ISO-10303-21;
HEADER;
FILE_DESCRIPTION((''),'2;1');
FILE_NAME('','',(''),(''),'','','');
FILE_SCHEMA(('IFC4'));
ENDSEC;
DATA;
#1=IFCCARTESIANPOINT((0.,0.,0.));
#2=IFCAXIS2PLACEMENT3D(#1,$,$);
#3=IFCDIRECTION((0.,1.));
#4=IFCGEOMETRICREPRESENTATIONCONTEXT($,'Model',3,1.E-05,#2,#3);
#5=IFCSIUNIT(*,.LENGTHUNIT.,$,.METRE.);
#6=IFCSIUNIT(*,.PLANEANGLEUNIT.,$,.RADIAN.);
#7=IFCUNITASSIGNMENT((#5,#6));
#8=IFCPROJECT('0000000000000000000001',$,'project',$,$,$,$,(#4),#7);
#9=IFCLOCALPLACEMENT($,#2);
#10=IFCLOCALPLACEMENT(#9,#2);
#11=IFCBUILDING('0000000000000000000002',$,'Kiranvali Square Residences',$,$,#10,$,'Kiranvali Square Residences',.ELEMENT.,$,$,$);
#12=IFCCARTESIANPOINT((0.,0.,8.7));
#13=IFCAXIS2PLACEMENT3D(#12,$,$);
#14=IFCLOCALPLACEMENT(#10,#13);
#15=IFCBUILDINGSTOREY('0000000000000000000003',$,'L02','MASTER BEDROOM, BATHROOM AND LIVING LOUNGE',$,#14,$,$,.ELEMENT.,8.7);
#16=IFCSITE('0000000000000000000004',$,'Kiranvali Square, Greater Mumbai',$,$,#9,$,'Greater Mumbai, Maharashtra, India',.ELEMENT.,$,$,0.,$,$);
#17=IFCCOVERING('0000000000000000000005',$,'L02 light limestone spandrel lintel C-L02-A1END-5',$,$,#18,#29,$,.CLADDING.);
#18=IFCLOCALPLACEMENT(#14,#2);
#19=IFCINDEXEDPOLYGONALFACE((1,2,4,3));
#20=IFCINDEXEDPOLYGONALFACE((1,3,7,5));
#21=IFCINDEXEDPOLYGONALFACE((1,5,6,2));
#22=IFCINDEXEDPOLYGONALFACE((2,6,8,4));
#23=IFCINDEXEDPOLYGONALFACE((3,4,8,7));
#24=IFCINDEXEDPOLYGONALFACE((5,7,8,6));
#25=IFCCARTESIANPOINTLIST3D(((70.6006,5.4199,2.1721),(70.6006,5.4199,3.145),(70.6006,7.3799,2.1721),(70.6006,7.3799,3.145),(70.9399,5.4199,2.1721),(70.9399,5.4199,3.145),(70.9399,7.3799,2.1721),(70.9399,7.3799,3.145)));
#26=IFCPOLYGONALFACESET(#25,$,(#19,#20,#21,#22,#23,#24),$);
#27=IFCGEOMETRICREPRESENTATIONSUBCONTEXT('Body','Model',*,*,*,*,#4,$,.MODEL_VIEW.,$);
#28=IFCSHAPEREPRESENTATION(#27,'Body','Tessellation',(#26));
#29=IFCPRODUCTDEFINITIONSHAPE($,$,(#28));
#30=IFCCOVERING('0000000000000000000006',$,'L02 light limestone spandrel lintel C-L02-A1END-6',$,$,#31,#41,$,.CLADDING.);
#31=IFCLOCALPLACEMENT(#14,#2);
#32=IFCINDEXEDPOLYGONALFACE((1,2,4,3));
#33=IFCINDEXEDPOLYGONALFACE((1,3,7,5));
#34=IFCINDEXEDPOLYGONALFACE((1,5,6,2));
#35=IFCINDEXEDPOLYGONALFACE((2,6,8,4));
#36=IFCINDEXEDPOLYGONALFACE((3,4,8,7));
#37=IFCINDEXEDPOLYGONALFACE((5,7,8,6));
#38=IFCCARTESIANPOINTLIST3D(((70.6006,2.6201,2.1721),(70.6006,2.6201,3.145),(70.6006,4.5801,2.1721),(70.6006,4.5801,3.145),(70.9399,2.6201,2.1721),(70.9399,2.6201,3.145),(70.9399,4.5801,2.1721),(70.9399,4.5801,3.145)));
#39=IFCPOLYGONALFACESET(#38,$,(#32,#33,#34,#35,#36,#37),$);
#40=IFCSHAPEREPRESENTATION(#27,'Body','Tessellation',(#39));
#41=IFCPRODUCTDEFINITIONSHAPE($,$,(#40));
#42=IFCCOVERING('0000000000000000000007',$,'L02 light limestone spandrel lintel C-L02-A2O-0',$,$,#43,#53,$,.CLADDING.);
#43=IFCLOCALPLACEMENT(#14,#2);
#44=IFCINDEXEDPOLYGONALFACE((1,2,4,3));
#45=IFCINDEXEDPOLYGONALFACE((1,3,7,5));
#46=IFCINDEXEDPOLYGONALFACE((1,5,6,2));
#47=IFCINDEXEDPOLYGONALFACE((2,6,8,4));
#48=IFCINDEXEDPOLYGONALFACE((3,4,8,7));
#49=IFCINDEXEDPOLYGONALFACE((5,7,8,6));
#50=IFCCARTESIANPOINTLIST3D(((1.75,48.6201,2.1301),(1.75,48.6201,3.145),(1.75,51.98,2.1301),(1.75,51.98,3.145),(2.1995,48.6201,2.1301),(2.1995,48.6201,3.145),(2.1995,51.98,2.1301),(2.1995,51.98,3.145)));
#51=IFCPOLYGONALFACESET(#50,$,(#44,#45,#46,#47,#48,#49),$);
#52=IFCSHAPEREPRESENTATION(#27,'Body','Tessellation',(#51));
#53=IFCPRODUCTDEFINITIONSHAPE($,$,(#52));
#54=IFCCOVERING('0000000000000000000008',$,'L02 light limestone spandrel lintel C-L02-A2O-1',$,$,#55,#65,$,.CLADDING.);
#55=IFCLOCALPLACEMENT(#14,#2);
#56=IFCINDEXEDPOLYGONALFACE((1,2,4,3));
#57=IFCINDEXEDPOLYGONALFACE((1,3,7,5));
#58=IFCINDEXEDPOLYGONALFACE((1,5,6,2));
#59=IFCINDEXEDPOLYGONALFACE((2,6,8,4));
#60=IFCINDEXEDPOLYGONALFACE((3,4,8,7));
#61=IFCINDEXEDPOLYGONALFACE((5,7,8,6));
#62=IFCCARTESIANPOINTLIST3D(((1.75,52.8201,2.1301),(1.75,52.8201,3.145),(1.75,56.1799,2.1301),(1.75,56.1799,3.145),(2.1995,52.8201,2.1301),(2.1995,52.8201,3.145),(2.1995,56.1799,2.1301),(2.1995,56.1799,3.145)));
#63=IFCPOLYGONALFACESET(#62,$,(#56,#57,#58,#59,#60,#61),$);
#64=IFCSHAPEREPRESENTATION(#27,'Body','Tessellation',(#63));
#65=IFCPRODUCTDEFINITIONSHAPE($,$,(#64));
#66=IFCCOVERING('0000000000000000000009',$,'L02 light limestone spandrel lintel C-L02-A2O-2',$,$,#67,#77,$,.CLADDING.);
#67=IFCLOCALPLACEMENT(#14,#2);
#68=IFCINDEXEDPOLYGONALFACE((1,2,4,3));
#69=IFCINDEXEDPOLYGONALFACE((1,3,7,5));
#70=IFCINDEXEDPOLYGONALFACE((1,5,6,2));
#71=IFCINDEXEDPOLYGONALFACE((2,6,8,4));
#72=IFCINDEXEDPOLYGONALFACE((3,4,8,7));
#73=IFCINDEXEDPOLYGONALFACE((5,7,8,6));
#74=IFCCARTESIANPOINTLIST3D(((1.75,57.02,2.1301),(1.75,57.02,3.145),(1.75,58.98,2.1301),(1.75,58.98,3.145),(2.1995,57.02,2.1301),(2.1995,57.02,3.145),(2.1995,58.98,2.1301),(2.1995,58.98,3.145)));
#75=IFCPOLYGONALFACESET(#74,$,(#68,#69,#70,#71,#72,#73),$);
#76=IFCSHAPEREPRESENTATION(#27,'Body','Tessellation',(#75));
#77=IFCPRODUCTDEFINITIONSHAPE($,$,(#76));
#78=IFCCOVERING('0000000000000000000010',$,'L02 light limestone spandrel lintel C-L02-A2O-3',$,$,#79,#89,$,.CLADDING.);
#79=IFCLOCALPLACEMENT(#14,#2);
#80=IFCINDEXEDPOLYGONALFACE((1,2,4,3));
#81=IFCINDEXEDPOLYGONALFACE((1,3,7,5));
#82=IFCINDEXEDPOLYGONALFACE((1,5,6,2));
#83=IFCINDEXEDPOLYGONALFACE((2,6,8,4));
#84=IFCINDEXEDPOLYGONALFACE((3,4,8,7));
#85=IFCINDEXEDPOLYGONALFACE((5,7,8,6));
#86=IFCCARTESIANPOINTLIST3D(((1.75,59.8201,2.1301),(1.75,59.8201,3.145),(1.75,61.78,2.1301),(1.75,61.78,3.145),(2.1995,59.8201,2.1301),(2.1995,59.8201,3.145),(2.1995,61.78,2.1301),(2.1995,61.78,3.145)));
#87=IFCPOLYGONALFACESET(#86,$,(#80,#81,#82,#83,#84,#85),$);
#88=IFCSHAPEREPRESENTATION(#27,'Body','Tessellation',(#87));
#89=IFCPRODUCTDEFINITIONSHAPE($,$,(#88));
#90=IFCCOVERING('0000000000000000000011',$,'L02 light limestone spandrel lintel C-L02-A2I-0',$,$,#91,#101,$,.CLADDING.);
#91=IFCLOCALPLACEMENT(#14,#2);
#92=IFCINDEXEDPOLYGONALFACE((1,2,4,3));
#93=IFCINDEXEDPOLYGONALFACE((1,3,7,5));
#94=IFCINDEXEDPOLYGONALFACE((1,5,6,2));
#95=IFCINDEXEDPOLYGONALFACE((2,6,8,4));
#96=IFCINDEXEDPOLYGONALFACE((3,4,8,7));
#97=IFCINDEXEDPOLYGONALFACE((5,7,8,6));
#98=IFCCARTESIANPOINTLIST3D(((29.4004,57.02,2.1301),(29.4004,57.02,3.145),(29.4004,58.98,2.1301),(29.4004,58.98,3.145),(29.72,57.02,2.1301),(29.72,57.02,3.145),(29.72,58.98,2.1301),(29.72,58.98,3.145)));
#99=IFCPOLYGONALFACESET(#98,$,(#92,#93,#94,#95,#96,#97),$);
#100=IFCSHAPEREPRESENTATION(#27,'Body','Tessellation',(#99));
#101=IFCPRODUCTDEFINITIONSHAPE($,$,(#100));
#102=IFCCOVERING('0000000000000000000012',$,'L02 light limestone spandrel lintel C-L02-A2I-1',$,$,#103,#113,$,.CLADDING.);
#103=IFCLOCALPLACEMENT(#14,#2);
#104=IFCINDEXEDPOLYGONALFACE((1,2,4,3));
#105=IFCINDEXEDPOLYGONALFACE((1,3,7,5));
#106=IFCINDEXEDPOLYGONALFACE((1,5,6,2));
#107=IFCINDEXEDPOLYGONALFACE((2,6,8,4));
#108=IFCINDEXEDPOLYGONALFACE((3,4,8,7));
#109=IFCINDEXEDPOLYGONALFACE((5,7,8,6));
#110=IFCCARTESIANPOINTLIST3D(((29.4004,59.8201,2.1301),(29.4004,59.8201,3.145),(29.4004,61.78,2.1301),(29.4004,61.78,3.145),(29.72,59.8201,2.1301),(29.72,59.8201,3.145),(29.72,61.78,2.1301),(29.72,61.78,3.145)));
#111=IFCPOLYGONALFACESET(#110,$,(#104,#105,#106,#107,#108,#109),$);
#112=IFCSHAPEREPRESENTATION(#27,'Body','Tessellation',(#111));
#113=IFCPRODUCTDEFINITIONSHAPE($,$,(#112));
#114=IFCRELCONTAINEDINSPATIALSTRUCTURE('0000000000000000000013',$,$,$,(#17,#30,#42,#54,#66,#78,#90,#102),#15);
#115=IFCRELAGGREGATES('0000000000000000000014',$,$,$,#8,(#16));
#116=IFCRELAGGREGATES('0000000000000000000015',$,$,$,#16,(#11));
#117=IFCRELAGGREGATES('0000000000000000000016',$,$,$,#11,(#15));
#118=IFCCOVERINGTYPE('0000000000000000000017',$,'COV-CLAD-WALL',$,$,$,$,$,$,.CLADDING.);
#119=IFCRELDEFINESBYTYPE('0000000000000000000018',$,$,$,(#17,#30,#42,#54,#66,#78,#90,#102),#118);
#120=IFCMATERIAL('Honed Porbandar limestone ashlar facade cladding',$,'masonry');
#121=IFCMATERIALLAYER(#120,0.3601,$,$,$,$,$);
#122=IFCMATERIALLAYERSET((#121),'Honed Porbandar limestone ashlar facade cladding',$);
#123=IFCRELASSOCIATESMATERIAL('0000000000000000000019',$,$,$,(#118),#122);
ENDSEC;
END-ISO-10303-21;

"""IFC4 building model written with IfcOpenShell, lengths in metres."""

from ifc_helpers import new_model, si_unit, direction, frame, origin, place, context, subcontext, project, spatial, polyline, outline, extrude, material, layer, layer_set, type_object, element, save


model = new_model("IFC4")

# Units and contexts
model_context = context("Model", 3, precision=1e-05, world=origin(), true_north=direction((0.0, 1.0)))
body_context = subcontext(model_context, "Body", "Model", "MODEL_VIEW")
ifc_project = project(units=[si_unit("LENGTHUNIT", "METRE"), si_unit("PLANEANGLEUNIT", "RADIAN")], contexts=[model_context])

# Site, building, storey
site_placement = place(None, origin())
site = spatial("IfcSite", under=ifc_project, at=site_placement, Name="Kiranvali Square, Greater Mumbai", LongName="Greater Mumbai, Maharashtra, India", CompositionType="ELEMENT", RefElevation=0.0)
building_placement = place(site_placement, origin())
building = spatial("IfcBuilding", under=site, at=building_placement, Name="Kiranvali Square Residences", LongName="Kiranvali Square Residences", CompositionType="ELEMENT")
storey_placement = place(building_placement, frame((0.0, 0.0, 8.7)))
storey = spatial("IfcBuildingStorey", under=building, at=storey_placement, Name="L02", Description="MASTER BEDROOM, BATHROOM AND LIVING LOUNGE", CompositionType="ELEMENT", Elevation=8.7)

# Coverings
ifc_material = material(Name="Honed Porbandar limestone ashlar facade cladding", Category="masonry")
ifc_layer = layer(ifc_material, 0.3601)
ifc_layer_set = layer_set([ifc_layer], Name="Honed Porbandar limestone ashlar facade cladding")
covering_type = type_object("IfcCoveringType", Name="COV-CLAD-WALL", PredefinedType="CLADDING", material=ifc_layer_set)
covering_1_placement = place(storey_placement, frame((0.0, 0.0, 2.1721)))
element("IfcCovering", 1, at=covering_1_placement, inside=storey, type_object=covering_type, Name="L02 light limestone spandrel lintel C-L02-A1END-5", PredefinedType="CLADDING", context=body_context, shape_type="SweptSolid", body=[
    extrude(outline(polyline([(70.6006, 7.3799), (70.6006, 5.4199), (70.9399, 5.4199), (70.9399, 7.3799), (70.6006, 7.3799)])), origin(), (0.0, 0.0, 1.0), 0.9729),
])
covering_2_placement = place(storey_placement, frame((0.0, 0.0, 2.1721)))
element("IfcCovering", 2, at=covering_2_placement, inside=storey, type_object=covering_type, Name="L02 light limestone spandrel lintel C-L02-A1END-6", PredefinedType="CLADDING", context=body_context, shape_type="SweptSolid", body=[
    extrude(outline(polyline([(70.6006, 4.5801), (70.6006, 2.6201), (70.9399, 2.6201), (70.9399, 4.5801), (70.6006, 4.5801)])), origin(), (0.0, 0.0, 1.0), 0.9729),
])
covering_3_placement = place(storey_placement, frame((0.0, 0.0, 2.1301)))
element("IfcCovering", 3, at=covering_3_placement, inside=storey, type_object=covering_type, Name="L02 light limestone spandrel lintel C-L02-A2O-0", PredefinedType="CLADDING", context=body_context, shape_type="SweptSolid", body=[
    extrude(outline(polyline([(2.1995, 48.6201), (2.1995, 51.98), (1.75, 51.98), (1.75, 48.6201), (2.1995, 48.6201)])), origin(), (0.0, 0.0, 1.0), 1.0149),
])
covering_4_placement = place(storey_placement, frame((0.0, 0.0, 2.1301)))
element("IfcCovering", 4, at=covering_4_placement, inside=storey, type_object=covering_type, Name="L02 light limestone spandrel lintel C-L02-A2O-1", PredefinedType="CLADDING", context=body_context, shape_type="SweptSolid", body=[
    extrude(outline(polyline([(2.1995, 52.8201), (2.1995, 56.1799), (1.75, 56.1799), (1.75, 52.8201), (2.1995, 52.8201)])), origin(), (0.0, 0.0, 1.0), 1.0149),
])
covering_5_placement = place(storey_placement, frame((0.0, 0.0, 2.1301)))
element("IfcCovering", 5, at=covering_5_placement, inside=storey, type_object=covering_type, Name="L02 light limestone spandrel lintel C-L02-A2O-2", PredefinedType="CLADDING", context=body_context, shape_type="SweptSolid", body=[
    extrude(outline(polyline([(2.1995, 57.02), (2.1995, 58.98), (1.75, 58.98), (1.75, 57.02), (2.1995, 57.02)])), origin(), (0.0, 0.0, 1.0), 1.0149),
])
covering_6_placement = place(storey_placement, frame((0.0, 0.0, 2.1301)))
element("IfcCovering", 6, at=covering_6_placement, inside=storey, type_object=covering_type, Name="L02 light limestone spandrel lintel C-L02-A2O-3", PredefinedType="CLADDING", context=body_context, shape_type="SweptSolid", body=[
    extrude(outline(polyline([(2.1995, 59.8201), (2.1995, 61.78), (1.75, 61.78), (1.75, 59.8201), (2.1995, 59.8201)])), origin(), (0.0, 0.0, 1.0), 1.0149),
])
covering_7_placement = place(storey_placement, frame((0.0, 0.0, 2.1301)))
element("IfcCovering", 7, at=covering_7_placement, inside=storey, type_object=covering_type, Name="L02 light limestone spandrel lintel C-L02-A2I-0", PredefinedType="CLADDING", context=body_context, shape_type="SweptSolid", body=[
    extrude(outline(polyline([(29.72, 57.02), (29.72, 58.98), (29.4004, 58.98), (29.4004, 57.02), (29.72, 57.02)])), origin(), (0.0, 0.0, 1.0), 1.0149),
])
covering_8_placement = place(storey_placement, frame((0.0, 0.0, 2.1301)))
element("IfcCovering", 8, at=covering_8_placement, inside=storey, type_object=covering_type, Name="L02 light limestone spandrel lintel C-L02-A2I-1", PredefinedType="CLADDING", context=body_context, shape_type="SweptSolid", body=[
    extrude(outline(polyline([(29.72, 59.8201), (29.72, 61.78), (29.4004, 61.78), (29.4004, 59.8201), (29.72, 59.8201)])), origin(), (0.0, 0.0, 1.0), 1.0149),
])

save(model, "model.ifc")
